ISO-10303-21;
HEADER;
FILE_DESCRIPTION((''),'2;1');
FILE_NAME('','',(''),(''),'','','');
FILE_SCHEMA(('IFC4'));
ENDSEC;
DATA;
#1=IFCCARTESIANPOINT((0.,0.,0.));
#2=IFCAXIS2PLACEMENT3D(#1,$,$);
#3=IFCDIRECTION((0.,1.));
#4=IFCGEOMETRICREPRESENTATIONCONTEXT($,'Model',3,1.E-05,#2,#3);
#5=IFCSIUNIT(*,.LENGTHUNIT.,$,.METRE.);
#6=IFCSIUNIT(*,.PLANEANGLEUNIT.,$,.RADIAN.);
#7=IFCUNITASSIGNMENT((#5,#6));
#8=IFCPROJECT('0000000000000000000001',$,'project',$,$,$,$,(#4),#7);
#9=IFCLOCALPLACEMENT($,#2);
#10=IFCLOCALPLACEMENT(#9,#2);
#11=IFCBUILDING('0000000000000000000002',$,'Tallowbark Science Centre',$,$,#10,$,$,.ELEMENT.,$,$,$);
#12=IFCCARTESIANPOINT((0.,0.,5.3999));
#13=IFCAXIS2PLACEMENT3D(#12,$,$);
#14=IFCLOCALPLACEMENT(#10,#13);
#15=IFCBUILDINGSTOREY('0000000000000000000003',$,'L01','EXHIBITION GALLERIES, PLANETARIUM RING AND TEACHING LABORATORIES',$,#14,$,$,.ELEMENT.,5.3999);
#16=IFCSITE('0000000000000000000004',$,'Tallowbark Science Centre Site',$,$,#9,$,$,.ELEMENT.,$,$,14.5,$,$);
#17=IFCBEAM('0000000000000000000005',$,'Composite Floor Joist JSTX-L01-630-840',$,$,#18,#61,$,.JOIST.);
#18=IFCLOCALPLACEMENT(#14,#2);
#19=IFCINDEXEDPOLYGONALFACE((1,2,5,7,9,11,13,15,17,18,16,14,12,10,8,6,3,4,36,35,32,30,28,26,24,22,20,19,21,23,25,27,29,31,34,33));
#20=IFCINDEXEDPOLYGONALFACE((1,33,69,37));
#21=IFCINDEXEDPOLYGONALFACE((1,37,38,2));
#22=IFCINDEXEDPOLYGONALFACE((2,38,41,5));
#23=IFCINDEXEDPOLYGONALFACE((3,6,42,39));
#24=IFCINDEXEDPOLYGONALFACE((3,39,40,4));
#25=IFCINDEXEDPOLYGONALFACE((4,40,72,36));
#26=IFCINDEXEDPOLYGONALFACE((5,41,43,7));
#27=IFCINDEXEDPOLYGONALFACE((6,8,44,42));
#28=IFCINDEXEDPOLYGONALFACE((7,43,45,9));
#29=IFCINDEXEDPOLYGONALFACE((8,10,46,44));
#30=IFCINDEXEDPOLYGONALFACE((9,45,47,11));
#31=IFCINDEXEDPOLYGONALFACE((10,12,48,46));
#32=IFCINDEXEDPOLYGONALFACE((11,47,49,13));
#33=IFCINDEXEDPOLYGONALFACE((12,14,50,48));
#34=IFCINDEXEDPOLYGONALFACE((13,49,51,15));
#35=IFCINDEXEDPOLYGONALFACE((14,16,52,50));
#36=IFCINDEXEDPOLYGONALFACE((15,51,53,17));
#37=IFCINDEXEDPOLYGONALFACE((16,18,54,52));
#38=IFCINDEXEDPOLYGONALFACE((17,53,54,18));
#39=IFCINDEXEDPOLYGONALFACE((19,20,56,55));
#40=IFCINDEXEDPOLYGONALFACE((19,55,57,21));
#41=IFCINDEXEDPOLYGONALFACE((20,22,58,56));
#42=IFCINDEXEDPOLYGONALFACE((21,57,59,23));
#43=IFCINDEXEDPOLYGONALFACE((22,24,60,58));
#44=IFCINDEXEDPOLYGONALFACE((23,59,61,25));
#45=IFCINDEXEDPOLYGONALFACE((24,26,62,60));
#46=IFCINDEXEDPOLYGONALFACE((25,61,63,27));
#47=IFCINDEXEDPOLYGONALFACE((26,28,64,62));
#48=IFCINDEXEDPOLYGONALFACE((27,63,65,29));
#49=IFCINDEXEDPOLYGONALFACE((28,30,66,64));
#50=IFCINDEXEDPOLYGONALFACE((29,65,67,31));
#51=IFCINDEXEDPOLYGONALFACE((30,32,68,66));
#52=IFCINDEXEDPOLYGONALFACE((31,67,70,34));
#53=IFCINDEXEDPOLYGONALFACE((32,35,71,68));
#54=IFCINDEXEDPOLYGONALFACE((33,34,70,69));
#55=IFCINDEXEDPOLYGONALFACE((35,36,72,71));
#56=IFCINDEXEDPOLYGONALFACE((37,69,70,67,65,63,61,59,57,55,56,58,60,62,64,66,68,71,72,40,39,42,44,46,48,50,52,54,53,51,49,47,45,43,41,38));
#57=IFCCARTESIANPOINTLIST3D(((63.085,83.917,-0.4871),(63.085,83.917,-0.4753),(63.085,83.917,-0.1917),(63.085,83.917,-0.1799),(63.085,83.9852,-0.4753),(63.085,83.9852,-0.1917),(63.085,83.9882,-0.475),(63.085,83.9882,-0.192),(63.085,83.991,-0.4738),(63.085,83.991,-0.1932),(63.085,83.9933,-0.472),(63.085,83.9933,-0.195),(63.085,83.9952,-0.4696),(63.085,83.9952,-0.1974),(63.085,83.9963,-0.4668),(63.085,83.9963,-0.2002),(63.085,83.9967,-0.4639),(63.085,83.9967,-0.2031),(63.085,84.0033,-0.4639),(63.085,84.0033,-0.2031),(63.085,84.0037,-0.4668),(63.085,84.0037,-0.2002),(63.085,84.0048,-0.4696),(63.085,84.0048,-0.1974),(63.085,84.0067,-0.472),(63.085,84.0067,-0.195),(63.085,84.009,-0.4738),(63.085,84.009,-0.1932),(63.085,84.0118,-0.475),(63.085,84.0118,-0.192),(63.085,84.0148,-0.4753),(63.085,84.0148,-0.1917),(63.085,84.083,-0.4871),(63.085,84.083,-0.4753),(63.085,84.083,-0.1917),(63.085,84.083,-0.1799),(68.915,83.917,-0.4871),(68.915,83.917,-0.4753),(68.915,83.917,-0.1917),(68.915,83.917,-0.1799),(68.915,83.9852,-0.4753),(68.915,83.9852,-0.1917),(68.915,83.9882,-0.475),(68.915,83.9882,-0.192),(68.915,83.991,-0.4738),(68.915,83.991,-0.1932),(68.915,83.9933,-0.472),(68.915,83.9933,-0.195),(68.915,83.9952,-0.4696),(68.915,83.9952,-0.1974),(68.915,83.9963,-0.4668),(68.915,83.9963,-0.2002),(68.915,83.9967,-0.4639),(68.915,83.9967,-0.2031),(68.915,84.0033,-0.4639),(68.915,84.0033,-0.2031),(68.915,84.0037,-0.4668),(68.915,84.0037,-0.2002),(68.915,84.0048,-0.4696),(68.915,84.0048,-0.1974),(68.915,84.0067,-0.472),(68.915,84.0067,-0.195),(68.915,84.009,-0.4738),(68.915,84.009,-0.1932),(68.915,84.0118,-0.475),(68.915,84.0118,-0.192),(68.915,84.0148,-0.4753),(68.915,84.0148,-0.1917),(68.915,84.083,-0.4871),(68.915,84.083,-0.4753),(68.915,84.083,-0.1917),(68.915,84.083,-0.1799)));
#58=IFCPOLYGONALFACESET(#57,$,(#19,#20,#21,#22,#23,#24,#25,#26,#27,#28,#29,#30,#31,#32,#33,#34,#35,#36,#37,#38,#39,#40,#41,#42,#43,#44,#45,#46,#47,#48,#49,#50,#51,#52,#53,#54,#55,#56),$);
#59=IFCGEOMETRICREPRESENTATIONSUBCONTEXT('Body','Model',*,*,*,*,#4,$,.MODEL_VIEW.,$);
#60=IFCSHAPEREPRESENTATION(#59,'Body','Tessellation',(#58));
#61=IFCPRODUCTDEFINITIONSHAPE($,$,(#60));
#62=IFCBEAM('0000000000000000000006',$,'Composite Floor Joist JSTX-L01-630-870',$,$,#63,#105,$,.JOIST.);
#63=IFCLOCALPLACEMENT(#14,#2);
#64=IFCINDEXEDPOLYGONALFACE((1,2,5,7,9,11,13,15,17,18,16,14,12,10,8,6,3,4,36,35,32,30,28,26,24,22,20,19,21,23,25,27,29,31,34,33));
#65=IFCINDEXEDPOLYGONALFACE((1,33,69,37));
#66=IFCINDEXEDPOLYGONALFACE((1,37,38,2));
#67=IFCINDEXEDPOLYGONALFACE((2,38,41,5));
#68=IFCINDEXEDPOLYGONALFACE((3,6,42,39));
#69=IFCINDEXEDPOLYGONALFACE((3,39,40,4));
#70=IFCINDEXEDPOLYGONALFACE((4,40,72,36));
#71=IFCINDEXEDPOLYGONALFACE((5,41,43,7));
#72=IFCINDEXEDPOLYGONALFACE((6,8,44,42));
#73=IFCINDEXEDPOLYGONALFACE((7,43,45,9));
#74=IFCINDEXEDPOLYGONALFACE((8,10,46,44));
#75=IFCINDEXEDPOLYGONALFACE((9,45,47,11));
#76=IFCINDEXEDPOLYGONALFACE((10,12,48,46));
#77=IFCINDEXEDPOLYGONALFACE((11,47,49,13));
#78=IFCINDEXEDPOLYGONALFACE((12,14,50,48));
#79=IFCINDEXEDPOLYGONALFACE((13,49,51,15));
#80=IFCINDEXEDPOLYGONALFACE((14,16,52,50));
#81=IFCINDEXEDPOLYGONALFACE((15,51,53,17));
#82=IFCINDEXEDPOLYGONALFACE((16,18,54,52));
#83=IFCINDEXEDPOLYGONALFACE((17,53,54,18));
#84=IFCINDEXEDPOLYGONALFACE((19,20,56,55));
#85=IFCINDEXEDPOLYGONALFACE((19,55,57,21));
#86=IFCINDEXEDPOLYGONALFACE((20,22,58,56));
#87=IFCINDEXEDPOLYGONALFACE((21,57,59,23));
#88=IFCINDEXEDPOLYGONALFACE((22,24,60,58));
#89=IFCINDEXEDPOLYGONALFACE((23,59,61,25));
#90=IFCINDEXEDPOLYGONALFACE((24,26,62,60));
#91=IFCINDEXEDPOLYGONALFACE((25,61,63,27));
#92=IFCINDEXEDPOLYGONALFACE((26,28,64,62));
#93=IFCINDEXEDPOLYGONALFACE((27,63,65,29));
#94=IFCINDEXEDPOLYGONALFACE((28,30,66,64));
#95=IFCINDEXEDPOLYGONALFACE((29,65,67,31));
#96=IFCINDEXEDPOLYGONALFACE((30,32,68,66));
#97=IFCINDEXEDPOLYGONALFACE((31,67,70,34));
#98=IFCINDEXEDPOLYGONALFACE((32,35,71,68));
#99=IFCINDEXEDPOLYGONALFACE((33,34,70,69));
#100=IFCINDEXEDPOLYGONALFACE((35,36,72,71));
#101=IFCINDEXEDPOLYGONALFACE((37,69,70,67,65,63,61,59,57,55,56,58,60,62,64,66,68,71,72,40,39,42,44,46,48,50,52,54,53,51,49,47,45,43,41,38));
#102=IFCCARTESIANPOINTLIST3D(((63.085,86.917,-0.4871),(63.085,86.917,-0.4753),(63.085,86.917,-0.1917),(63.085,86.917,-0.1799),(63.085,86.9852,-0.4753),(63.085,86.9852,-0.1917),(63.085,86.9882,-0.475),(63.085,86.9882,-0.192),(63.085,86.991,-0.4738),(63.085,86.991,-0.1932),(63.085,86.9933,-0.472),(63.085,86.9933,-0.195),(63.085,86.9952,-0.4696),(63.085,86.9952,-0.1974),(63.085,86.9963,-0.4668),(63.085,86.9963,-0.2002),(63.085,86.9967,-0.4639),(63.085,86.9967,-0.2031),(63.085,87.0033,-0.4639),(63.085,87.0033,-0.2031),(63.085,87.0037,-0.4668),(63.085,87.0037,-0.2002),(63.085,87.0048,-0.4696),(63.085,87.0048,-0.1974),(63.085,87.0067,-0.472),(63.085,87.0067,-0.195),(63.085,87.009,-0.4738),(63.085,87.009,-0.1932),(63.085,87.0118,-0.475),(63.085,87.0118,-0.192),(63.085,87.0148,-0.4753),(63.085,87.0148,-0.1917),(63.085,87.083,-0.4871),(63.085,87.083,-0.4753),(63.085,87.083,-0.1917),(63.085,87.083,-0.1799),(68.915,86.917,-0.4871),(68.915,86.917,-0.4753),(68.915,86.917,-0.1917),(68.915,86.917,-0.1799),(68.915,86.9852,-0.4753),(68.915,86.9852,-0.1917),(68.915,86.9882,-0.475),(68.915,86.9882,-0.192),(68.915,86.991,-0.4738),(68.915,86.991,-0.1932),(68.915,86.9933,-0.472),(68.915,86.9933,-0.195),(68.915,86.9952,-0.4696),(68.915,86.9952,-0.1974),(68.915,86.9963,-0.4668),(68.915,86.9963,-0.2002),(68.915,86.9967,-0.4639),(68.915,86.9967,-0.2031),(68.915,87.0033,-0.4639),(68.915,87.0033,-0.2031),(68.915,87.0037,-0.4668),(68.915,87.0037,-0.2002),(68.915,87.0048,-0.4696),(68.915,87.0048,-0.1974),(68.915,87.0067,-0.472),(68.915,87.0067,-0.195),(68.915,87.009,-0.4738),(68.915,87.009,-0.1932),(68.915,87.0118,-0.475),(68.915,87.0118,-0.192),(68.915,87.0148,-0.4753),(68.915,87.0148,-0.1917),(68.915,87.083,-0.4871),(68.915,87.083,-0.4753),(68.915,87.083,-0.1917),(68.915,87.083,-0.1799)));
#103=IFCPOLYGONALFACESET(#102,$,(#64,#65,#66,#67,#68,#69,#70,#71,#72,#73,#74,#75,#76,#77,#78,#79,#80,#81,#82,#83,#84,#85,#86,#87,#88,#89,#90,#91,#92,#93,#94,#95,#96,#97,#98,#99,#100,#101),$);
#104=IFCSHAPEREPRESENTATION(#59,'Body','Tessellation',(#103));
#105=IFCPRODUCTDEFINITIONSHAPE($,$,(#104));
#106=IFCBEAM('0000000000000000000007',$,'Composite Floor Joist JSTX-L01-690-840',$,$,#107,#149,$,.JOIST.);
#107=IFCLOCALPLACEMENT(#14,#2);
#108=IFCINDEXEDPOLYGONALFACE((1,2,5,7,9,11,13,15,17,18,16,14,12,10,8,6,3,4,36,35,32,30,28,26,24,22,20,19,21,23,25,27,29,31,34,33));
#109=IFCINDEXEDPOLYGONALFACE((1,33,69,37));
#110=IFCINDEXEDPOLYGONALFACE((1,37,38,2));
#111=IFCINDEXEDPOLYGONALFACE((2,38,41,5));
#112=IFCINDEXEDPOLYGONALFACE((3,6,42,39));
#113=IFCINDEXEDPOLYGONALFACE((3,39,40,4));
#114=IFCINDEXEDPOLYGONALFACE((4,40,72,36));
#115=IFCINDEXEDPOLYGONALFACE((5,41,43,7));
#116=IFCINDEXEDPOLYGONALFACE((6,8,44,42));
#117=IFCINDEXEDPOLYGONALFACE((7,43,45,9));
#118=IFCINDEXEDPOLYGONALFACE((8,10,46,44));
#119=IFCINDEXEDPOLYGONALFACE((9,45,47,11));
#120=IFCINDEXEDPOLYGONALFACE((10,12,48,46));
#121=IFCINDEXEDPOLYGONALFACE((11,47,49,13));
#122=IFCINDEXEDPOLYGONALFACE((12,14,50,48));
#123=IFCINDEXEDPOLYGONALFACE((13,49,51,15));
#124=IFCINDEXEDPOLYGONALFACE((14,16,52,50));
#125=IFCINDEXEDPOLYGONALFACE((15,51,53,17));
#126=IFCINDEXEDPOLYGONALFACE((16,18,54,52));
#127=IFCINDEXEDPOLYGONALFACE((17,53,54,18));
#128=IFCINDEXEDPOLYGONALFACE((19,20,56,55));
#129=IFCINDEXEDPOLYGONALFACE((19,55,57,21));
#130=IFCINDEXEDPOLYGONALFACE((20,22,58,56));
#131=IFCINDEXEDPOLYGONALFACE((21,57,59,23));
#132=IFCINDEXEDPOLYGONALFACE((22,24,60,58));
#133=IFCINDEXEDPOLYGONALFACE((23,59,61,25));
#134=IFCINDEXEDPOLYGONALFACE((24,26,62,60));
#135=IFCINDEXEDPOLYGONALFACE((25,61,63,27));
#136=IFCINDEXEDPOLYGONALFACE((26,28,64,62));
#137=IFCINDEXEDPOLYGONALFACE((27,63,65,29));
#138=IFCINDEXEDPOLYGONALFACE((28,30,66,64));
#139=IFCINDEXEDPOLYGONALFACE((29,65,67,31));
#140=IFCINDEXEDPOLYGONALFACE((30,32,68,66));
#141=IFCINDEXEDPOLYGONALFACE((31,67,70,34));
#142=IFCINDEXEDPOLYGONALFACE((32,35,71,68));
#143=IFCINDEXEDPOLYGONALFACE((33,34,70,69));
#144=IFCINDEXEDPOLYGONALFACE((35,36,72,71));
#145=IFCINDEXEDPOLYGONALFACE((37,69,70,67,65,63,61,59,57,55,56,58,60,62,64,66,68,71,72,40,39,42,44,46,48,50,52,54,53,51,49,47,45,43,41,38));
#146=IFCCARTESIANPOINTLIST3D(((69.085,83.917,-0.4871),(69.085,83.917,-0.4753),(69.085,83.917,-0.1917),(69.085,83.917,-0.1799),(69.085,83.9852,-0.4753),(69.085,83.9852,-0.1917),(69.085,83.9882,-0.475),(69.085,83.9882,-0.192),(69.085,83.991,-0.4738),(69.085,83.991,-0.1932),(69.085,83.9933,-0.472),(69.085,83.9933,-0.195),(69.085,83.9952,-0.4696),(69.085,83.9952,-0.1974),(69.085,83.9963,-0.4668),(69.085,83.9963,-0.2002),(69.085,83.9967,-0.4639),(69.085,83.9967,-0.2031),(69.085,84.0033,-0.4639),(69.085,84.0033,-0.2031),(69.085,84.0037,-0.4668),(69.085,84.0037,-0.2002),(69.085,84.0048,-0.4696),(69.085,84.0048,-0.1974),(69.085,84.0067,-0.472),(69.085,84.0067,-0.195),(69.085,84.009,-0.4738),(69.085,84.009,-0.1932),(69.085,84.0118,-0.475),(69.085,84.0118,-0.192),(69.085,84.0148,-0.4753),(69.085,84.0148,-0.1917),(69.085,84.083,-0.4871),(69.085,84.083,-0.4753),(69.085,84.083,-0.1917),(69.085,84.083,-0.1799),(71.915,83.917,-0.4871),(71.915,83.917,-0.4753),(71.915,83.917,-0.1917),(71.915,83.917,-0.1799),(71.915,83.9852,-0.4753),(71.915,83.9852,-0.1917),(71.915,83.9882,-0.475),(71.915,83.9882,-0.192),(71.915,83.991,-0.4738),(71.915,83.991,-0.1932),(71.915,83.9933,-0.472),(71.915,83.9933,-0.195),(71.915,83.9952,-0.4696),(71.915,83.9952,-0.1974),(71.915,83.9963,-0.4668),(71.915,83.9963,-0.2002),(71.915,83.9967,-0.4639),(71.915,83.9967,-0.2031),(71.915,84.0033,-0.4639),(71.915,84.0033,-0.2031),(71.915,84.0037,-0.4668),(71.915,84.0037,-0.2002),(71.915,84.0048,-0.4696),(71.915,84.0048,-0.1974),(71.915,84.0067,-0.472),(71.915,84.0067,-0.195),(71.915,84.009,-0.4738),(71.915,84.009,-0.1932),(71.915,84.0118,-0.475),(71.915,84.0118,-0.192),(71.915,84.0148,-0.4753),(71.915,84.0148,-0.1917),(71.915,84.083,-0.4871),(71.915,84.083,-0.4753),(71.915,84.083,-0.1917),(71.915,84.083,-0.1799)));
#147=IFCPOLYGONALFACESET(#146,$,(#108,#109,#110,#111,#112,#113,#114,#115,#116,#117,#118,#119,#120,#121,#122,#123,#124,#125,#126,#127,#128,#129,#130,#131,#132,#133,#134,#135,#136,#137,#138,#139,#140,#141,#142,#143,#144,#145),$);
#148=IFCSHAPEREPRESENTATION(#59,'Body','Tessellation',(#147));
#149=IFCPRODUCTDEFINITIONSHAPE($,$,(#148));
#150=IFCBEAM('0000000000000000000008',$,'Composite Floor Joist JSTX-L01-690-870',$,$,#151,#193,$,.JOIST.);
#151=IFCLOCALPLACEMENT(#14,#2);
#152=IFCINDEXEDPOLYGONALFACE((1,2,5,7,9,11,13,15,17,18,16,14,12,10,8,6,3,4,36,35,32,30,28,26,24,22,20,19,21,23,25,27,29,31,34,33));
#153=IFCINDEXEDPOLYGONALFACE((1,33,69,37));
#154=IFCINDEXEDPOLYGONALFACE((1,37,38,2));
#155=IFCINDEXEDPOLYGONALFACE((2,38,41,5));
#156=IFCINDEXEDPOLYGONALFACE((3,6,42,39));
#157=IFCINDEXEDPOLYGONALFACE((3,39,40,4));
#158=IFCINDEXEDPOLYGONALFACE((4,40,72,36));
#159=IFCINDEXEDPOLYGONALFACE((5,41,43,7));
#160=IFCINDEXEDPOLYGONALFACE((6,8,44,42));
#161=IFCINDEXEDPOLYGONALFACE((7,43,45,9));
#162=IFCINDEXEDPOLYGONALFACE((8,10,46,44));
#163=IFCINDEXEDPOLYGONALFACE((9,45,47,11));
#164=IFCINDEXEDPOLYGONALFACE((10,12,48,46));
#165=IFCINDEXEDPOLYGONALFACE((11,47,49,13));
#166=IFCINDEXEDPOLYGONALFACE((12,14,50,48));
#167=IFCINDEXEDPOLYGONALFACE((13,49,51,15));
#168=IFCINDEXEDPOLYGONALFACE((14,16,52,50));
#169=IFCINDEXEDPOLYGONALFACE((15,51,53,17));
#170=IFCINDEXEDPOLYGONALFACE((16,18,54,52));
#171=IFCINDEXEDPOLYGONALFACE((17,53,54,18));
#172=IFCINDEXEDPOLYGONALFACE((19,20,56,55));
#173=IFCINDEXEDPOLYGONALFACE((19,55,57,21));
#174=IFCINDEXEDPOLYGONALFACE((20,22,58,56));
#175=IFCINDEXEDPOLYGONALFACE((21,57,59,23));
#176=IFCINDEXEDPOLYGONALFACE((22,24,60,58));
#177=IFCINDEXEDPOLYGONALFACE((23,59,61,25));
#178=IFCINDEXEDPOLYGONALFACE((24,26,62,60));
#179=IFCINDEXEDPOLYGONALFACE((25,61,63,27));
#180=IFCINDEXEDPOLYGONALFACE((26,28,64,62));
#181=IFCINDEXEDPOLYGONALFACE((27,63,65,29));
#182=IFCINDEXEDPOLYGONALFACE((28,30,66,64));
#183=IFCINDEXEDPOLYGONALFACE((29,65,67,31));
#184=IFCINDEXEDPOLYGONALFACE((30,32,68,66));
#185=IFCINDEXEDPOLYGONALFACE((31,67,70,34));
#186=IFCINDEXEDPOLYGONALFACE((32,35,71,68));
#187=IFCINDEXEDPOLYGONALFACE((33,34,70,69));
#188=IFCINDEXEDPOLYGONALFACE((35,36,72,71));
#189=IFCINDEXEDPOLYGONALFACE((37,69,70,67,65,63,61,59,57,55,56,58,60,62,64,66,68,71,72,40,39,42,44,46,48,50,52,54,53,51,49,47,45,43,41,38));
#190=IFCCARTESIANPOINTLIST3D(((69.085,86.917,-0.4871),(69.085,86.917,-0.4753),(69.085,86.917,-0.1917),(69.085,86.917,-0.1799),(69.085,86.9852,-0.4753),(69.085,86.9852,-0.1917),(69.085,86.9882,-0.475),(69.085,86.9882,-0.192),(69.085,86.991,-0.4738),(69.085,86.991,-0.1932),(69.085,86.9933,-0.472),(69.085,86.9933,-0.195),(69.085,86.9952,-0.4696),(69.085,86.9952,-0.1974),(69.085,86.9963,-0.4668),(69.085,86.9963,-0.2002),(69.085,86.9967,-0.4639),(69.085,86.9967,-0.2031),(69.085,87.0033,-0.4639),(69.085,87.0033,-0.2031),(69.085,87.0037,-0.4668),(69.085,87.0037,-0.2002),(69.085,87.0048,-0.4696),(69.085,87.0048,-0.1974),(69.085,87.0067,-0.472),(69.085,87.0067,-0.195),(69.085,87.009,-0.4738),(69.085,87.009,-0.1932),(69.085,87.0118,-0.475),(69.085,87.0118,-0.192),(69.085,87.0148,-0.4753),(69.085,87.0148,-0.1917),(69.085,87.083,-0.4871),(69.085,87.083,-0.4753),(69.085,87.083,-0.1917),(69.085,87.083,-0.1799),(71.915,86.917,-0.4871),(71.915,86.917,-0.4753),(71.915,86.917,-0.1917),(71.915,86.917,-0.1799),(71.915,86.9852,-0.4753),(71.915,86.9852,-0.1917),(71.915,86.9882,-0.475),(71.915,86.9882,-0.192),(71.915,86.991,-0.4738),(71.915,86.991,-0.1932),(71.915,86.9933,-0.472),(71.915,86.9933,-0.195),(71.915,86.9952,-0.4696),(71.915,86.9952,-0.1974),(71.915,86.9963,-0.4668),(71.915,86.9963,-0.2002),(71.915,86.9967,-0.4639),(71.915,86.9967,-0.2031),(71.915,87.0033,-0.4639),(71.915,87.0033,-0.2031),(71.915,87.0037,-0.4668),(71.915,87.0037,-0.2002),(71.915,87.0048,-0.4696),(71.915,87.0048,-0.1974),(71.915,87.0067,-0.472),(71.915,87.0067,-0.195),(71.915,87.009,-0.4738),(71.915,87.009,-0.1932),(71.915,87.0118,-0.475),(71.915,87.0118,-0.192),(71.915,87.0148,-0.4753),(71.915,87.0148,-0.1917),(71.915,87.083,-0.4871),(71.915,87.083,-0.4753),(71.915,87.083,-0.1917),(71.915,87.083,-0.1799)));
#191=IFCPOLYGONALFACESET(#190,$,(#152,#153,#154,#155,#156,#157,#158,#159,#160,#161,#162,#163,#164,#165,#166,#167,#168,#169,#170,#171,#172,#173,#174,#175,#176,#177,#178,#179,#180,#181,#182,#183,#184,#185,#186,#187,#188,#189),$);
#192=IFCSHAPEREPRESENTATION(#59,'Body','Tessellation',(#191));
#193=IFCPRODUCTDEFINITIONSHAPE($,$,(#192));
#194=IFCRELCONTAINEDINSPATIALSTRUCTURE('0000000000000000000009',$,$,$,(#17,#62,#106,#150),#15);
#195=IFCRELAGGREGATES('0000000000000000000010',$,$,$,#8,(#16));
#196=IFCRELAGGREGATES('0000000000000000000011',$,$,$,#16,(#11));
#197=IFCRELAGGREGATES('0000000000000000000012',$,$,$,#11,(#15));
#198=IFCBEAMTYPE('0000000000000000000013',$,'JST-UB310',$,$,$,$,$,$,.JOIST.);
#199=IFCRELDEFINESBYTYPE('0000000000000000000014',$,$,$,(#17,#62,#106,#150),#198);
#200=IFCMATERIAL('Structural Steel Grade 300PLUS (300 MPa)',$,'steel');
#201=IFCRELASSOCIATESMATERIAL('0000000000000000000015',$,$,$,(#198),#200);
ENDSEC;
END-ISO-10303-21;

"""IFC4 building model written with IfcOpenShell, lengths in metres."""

from ifc_helpers import new_model, si_unit, direction, frame, origin, origin_2d, place, context, subcontext, project, spatial, i_section, extrude, material, material_profile, profile_set, type_object, element, save


model = new_model("IFC4")

# Units and contexts
model_context = context("Model", 3, precision=1e-05, world=origin(), true_north=direction((0.0, 1.0)))
body_context = subcontext(model_context, "Body", "Model", "MODEL_VIEW")
ifc_project = project(units=[si_unit("LENGTHUNIT", "METRE"), si_unit("PLANEANGLEUNIT", "RADIAN")], contexts=[model_context])

# Site, building, storey
site_placement = place(None, origin())
site = spatial("IfcSite", under=ifc_project, at=site_placement, Name="Tallowbark Science Centre Site", CompositionType="ELEMENT", RefElevation=14.5)
building_placement = place(site_placement, origin())
building = spatial("IfcBuilding", under=site, at=building_placement, Name="Tallowbark Science Centre", CompositionType="ELEMENT")
storey_placement = place(building_placement, frame((0.0, 0.0, 5.3999)))
storey = spatial("IfcBuildingStorey", under=building, at=storey_placement, Name="L01", Description="EXHIBITION GALLERIES, PLANETARIUM RING AND TEACHING LABORATORIES", CompositionType="ELEMENT", Elevation=5.3999)

# Shared definitions
ifc_material_1 = material(Name="Structural Steel Grade 300PLUS (300 MPa)", Category="steel")

# Beams
ifc_material_profile_1 = material_profile(ifc_material_1, i_section(OverallWidth=0.166, OverallDepth=0.3071, WebThickness=0.0066, FlangeThickness=0.0117, FilletRadius=0.0115, at=origin_2d()), Name="310UB46.2")
ifc_profile_set_1 = profile_set([ifc_material_profile_1], Name="Structural Steel Grade 300PLUS (300 MPa)")
beam_type_1 = type_object("IfcBeamType", Name="JST-UB310", PredefinedType="JOIST", material=ifc_profile_set_1)
for number, where, z_axis, x_axis, name in (
    (1, (63.085, 84.0, -0.3335), (1.0, 0.0, 0.0), (0.0, 1.0, 0.0), "Composite Floor Joist JSTX-L01-630-840"),
    (2, (63.085, 87.0, -0.3335), (1.0, 0.0, 0.0), (0.0, 1.0, 0.0), "Composite Floor Joist JSTX-L01-630-870"),
):
    element("IfcBeam", number, at=place(storey_placement, frame(where, z_axis=z_axis, x_axis=x_axis)), inside=storey, type_object=beam_type_1, Name=name, PredefinedType="JOIST", context=body_context, shape_type="SweptSolid", body=[
        extrude(i_section(OverallWidth=0.166, OverallDepth=0.3071, WebThickness=0.0066, FlangeThickness=0.0117, FilletRadius=0.0115, at=origin_2d()), origin(), (0.0, 0.0, 1.0), 5.8301),
    ])
for number, where, z_axis, x_axis, name in (
    (3, (69.085, 84.0, -0.3335), (1.0, 0.0, 0.0), (0.0, 1.0, 0.0), "Composite Floor Joist JSTX-L01-690-840"),
    (4, (69.085, 87.0, -0.3335), (1.0, 0.0, 0.0), (0.0, 1.0, 0.0), "Composite Floor Joist JSTX-L01-690-870"),
):
    element("IfcBeam", number, at=place(storey_placement, frame(where, z_axis=z_axis, x_axis=x_axis)), inside=storey, type_object=beam_type_1, Name=name, PredefinedType="JOIST", context=body_context, shape_type="SweptSolid", body=[
        extrude(i_section(OverallWidth=0.166, OverallDepth=0.3071, WebThickness=0.0066, FlangeThickness=0.0117, FilletRadius=0.0115, at=origin_2d()), origin(), (0.0, 0.0, 1.0), 2.8301),
    ])

save(model, "model.ifc")
